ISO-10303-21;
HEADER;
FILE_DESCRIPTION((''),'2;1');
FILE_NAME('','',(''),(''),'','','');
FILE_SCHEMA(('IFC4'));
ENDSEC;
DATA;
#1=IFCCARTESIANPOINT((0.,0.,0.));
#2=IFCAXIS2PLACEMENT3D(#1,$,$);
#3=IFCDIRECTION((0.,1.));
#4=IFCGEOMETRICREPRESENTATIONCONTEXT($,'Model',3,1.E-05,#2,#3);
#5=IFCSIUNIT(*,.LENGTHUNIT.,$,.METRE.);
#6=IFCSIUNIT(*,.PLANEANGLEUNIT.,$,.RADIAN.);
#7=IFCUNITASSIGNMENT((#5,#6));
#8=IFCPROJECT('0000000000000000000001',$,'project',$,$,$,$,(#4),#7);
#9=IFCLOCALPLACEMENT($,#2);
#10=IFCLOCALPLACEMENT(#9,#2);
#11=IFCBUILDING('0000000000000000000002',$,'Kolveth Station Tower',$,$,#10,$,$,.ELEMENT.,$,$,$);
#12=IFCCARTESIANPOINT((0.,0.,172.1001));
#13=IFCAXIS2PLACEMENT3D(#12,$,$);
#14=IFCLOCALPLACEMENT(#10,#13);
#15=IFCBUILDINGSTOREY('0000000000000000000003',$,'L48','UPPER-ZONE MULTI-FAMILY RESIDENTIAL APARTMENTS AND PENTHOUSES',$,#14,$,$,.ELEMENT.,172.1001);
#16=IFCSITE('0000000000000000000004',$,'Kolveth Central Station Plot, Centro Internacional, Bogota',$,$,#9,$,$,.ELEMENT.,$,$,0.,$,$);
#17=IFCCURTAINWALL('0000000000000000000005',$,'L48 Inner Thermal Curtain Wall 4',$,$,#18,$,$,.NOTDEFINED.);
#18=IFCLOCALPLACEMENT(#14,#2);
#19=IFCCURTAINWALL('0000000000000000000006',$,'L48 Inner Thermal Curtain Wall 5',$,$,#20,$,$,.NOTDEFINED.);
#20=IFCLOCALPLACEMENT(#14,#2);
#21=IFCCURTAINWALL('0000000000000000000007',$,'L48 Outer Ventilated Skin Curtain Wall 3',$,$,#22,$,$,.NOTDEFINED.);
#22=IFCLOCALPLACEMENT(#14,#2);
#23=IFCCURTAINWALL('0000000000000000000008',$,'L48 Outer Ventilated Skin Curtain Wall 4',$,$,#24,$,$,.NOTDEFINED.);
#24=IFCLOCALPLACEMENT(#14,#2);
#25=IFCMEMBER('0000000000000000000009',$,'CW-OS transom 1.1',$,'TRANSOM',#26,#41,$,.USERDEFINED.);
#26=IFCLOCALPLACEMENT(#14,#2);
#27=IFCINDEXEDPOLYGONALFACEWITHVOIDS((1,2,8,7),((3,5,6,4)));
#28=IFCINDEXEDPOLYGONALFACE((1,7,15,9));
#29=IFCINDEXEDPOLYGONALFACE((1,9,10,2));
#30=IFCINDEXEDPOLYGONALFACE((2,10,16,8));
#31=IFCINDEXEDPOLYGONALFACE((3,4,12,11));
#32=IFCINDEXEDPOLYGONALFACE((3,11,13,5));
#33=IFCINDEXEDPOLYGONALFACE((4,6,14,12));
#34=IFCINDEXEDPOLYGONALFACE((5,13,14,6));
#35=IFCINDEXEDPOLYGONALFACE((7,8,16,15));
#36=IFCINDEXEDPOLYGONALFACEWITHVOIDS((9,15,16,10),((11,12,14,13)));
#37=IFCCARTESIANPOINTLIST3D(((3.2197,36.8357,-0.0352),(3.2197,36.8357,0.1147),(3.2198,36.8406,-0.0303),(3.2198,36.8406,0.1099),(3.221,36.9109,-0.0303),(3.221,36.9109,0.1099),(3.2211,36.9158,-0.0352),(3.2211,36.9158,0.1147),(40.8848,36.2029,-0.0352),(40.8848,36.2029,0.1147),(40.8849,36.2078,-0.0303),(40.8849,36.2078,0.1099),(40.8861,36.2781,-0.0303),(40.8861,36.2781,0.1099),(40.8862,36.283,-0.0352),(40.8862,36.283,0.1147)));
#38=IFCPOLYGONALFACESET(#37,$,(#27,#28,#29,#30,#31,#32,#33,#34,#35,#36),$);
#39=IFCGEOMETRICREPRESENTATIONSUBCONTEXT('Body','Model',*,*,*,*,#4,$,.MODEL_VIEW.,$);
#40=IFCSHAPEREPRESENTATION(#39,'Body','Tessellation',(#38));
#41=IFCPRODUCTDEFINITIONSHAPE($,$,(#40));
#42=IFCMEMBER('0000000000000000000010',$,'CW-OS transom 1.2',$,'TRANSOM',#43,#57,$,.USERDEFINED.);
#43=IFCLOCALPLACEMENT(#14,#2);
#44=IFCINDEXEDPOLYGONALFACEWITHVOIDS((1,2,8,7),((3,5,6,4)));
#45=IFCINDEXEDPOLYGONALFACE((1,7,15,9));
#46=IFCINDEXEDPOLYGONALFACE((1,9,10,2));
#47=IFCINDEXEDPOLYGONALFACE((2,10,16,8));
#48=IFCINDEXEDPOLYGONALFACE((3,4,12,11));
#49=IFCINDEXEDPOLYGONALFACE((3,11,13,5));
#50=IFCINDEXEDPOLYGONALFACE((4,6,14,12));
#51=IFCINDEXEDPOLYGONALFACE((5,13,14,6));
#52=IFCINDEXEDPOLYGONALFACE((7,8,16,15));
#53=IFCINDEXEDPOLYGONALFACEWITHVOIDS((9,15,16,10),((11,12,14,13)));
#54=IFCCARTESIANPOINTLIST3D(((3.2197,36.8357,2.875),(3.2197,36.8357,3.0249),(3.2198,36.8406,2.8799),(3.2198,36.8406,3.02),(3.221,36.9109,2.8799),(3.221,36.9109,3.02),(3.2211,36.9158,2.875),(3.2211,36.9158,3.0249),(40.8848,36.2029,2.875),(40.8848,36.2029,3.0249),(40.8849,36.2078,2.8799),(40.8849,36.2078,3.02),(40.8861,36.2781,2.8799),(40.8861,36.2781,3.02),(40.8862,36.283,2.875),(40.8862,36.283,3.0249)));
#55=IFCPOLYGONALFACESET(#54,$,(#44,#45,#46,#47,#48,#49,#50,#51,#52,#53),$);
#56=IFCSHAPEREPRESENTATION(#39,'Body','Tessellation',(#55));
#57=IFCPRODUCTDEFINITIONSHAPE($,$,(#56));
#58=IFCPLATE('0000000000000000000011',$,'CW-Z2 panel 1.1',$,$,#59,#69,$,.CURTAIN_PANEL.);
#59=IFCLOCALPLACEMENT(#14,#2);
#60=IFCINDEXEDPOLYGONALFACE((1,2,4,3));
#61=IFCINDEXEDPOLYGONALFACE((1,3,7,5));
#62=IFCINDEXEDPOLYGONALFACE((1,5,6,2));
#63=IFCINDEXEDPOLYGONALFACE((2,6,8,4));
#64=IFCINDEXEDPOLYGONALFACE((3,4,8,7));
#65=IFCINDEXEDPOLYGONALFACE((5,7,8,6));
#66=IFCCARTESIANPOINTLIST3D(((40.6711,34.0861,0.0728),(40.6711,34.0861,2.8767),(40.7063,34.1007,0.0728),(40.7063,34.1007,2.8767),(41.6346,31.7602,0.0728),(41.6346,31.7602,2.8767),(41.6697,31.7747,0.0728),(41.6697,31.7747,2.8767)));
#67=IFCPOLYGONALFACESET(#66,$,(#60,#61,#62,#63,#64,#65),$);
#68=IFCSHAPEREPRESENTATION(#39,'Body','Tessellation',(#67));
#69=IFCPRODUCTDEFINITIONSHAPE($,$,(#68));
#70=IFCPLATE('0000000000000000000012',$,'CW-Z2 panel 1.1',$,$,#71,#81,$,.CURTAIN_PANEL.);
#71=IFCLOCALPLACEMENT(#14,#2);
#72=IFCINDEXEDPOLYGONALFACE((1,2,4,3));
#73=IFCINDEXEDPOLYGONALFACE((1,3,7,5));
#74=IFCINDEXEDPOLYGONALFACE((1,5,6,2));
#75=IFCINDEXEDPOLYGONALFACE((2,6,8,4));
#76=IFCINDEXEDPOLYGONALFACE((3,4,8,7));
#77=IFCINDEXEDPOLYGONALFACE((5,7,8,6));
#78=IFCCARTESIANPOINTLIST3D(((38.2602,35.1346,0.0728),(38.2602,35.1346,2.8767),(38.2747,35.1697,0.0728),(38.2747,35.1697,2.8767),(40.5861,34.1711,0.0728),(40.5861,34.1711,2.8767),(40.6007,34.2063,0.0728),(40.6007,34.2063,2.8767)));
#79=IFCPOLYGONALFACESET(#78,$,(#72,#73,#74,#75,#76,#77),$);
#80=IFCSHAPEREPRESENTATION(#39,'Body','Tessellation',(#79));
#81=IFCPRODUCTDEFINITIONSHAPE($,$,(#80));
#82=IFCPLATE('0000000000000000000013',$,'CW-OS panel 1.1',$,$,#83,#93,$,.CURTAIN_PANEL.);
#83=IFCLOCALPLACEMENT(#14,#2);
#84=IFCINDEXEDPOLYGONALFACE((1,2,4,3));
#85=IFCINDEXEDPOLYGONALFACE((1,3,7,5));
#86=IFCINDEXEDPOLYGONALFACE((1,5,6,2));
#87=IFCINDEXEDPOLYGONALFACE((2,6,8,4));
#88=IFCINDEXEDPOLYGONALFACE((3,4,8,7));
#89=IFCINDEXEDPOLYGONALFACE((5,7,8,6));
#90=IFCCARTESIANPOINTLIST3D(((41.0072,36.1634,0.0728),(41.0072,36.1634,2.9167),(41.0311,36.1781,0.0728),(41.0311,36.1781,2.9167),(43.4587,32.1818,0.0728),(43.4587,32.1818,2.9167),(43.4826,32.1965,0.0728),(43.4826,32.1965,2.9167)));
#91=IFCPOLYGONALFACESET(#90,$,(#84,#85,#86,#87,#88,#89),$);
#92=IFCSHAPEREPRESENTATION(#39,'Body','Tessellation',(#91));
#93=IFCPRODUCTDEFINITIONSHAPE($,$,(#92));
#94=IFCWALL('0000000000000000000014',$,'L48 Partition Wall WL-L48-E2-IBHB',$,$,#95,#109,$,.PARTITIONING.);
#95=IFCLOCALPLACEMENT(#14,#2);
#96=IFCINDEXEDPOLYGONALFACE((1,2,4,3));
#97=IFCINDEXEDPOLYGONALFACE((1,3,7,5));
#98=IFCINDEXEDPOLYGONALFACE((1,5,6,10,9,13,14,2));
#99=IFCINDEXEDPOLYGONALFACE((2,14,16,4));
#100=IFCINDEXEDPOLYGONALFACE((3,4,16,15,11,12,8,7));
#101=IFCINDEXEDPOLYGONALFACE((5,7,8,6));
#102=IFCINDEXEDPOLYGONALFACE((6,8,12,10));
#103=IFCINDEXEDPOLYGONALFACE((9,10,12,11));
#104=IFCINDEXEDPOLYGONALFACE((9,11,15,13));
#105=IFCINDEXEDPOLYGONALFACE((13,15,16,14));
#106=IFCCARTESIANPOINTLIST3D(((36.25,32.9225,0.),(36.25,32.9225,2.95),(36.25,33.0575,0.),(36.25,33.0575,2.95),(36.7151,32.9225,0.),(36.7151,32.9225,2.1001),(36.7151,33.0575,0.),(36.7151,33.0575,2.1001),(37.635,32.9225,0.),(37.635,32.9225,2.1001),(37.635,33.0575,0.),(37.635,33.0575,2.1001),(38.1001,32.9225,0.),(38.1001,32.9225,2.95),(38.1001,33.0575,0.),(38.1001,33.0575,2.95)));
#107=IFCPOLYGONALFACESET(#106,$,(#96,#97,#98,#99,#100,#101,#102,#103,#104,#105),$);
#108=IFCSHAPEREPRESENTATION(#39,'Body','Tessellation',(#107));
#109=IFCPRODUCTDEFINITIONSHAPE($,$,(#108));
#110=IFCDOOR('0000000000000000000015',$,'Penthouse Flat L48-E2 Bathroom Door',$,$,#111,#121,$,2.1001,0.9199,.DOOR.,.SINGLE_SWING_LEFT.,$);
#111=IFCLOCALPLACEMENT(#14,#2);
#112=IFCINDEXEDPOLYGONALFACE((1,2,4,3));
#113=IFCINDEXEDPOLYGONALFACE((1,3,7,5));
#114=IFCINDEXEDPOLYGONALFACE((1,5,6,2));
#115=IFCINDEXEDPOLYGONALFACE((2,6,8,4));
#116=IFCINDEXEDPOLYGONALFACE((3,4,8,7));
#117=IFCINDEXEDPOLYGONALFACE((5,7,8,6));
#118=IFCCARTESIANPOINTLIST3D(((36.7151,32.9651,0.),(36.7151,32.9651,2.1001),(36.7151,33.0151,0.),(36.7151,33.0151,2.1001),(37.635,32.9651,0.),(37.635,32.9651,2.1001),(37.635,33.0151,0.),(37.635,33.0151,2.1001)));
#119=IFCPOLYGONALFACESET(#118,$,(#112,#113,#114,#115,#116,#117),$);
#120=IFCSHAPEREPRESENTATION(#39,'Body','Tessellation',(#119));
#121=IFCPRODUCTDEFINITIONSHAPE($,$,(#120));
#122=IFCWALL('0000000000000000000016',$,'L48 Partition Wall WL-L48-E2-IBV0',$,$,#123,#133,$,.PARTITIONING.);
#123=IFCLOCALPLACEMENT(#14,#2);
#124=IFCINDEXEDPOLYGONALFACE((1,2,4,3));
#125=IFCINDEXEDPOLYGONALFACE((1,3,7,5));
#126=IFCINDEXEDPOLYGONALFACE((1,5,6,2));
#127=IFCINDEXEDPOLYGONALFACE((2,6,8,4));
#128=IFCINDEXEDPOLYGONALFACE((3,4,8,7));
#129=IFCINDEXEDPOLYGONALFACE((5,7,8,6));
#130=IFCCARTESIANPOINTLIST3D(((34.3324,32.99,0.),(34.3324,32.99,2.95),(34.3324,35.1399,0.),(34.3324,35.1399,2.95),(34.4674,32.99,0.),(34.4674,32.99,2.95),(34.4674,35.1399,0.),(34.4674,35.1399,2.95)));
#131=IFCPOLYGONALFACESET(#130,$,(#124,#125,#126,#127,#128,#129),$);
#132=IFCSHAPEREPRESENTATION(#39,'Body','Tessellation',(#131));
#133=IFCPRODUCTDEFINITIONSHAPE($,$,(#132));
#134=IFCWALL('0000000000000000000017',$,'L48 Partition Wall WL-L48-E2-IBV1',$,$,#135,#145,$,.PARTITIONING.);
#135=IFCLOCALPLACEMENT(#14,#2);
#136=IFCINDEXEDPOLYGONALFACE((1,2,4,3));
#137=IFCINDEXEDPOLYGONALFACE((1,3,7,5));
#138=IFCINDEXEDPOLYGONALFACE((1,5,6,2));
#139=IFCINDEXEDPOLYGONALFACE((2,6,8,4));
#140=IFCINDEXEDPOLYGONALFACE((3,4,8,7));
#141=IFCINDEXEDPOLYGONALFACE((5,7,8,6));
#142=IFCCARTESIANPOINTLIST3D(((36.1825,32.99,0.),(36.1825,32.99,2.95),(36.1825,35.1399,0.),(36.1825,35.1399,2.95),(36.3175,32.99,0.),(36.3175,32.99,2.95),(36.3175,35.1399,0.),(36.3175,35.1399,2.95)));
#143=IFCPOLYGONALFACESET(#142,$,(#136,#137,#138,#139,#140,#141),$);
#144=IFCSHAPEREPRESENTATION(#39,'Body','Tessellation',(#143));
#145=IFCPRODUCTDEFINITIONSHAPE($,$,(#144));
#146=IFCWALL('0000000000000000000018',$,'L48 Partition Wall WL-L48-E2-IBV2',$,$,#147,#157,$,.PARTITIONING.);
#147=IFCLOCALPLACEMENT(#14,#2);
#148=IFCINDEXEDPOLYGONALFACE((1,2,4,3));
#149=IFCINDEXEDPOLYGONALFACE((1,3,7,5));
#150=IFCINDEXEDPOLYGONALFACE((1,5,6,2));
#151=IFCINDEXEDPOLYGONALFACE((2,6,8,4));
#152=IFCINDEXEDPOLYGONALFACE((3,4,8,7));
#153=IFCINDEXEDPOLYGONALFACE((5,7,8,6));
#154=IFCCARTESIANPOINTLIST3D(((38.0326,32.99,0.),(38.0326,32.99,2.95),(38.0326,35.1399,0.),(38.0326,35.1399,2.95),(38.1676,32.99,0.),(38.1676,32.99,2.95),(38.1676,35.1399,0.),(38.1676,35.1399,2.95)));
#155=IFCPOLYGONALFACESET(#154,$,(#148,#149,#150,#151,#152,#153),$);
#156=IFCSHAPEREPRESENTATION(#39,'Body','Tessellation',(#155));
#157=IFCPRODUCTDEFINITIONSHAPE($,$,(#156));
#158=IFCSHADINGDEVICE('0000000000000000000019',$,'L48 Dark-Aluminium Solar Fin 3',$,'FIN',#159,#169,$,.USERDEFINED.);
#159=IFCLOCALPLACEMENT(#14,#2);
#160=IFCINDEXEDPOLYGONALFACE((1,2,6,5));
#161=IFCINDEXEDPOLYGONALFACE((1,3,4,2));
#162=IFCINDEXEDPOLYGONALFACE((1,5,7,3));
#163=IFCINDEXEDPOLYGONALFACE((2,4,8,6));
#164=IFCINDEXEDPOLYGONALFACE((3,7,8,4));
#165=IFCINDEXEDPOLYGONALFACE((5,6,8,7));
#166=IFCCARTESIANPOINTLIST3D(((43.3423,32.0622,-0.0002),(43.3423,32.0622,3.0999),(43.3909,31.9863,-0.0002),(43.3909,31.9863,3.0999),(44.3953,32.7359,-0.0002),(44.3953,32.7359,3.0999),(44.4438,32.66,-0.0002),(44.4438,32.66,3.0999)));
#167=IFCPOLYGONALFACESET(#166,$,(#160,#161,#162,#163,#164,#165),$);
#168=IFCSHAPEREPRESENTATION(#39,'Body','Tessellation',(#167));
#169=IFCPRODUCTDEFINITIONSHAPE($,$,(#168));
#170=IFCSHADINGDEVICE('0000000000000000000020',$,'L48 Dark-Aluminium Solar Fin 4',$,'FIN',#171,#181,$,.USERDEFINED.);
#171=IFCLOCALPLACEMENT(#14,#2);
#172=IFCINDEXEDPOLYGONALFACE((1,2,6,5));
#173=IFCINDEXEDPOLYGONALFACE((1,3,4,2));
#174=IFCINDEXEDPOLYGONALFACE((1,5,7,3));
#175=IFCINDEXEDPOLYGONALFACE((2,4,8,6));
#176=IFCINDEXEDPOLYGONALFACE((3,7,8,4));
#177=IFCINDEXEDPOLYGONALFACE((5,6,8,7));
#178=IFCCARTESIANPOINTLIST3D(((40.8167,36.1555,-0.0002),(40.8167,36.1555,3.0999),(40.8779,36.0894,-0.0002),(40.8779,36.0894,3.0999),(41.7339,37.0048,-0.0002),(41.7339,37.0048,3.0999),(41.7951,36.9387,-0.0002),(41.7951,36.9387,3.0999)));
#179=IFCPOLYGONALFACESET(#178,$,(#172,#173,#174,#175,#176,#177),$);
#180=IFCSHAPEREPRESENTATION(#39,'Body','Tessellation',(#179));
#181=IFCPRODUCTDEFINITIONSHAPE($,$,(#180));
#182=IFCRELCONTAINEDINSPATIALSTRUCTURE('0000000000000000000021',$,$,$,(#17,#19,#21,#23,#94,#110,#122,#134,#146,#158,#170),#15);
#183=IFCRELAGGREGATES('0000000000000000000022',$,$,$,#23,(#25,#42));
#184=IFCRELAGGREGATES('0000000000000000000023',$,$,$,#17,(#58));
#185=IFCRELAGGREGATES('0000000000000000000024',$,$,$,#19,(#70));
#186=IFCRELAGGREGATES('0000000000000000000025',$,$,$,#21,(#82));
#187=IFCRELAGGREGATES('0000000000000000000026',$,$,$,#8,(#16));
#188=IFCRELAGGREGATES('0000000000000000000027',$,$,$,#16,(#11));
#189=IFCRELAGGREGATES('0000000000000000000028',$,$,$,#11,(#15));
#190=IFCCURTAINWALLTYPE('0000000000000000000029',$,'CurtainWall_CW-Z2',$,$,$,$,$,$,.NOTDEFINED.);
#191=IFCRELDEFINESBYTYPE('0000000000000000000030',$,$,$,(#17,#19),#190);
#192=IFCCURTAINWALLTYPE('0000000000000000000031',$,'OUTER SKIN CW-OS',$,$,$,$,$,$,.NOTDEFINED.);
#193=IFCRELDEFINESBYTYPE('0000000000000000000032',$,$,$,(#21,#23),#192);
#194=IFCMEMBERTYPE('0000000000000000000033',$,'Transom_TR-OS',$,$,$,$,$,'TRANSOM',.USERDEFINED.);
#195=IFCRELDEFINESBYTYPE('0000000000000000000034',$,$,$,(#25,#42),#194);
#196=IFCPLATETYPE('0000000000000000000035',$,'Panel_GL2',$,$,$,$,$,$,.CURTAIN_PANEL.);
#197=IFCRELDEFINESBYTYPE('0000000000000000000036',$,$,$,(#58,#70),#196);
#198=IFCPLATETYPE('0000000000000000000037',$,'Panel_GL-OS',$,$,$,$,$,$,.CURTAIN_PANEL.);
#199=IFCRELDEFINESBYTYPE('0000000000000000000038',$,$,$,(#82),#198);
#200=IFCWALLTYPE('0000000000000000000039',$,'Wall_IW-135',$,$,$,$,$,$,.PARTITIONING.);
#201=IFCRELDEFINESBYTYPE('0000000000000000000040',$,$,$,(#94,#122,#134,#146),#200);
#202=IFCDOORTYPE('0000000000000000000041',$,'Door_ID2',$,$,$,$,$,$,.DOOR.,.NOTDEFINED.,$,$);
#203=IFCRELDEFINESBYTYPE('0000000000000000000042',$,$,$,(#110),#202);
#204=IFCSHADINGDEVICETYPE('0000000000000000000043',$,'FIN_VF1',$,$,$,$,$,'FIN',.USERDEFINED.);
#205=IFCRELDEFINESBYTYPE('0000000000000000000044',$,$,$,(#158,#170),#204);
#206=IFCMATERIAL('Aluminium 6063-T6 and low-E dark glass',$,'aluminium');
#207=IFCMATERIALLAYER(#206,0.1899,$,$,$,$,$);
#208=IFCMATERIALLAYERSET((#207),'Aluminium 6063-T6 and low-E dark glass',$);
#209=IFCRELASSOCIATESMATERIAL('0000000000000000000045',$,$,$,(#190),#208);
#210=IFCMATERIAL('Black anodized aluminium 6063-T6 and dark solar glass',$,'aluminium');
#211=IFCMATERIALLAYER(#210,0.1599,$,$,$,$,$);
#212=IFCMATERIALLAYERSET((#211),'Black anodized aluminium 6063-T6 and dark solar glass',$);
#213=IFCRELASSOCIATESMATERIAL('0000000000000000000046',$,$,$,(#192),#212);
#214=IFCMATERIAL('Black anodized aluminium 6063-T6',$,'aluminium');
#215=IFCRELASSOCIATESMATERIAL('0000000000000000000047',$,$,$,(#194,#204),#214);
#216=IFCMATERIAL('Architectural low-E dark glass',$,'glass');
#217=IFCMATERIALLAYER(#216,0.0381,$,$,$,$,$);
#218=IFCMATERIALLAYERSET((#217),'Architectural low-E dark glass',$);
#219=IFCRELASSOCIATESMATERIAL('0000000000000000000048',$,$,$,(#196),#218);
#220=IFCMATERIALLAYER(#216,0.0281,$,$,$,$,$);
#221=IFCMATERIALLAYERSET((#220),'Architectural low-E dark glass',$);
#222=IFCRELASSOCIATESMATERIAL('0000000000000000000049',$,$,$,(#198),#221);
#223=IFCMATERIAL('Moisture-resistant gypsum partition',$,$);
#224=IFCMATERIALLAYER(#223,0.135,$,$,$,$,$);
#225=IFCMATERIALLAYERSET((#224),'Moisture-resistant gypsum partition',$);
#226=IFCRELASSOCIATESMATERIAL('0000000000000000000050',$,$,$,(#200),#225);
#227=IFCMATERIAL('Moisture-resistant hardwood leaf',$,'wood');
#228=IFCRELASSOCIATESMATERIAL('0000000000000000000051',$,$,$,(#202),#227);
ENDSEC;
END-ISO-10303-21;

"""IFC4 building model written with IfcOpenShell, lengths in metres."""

from ifc_helpers import new_model, si_unit, direction, frame, frame_2d, origin, origin_2d, place, context, subcontext, project, spatial, rectangle, hollow_rectangle, extrude, source, transform, mapped, material, layer, layer_set, material_profile, profile_set, type_object, element, fill, aggregate, save


model = new_model("IFC4")

# Units and contexts
model_context = context("Model", 3, precision=1e-05, world=origin(), true_north=direction((0.0, 1.0)))
body_context = subcontext(model_context, "Body", "Model", "MODEL_VIEW")
ifc_project = project(units=[si_unit("LENGTHUNIT", "METRE"), si_unit("PLANEANGLEUNIT", "RADIAN")], contexts=[model_context])

# Site, building, storey
site_placement = place(None, origin())
site = spatial("IfcSite", under=ifc_project, at=site_placement, Name="Kolveth Central Station Plot, Centro Internacional, Bogota", CompositionType="ELEMENT", RefElevation=0.0)
building_placement = place(site_placement, origin())
building = spatial("IfcBuilding", under=site, at=building_placement, Name="Kolveth Station Tower", CompositionType="ELEMENT")
storey_placement = place(building_placement, frame((0.0, 0.0, 172.1001)))
storey = spatial("IfcBuildingStorey", under=building, at=storey_placement, Name="L48", Description="UPPER-ZONE MULTI-FAMILY RESIDENTIAL APARTMENTS AND PENTHOUSES", CompositionType="ELEMENT", Elevation=172.1001)

# Curtain wall
ifc_material_1 = material(Name="Aluminium 6063-T6 and low-E dark glass", Category="aluminium")
ifc_layer_1 = layer(ifc_material_1, 0.1899)
ifc_layer_set_1 = layer_set([ifc_layer_1], Name="Aluminium 6063-T6 and low-E dark glass")
curtain_wall_type_1 = type_object("IfcCurtainWallType", Name="CurtainWall_CW-Z2", PredefinedType="NOTDEFINED", material=ifc_layer_set_1)
curtain_wall_1_placement = place(storey_placement, origin())
curtain_wall_1 = element("IfcCurtainWall", 1, at=curtain_wall_1_placement, inside=storey, type_object=curtain_wall_type_1, Name="L48 Inner Thermal Curtain Wall 4", PredefinedType="NOTDEFINED")
ifc_material_2 = material(Name="Black anodized aluminium 6063-T6", Category="aluminium")

# Curtain wall
curtain_wall_2_placement = place(storey_placement, origin())
curtain_wall_2 = element("IfcCurtainWall", 2, at=curtain_wall_2_placement, inside=storey, type_object=curtain_wall_type_1, Name="L48 Inner Thermal Curtain Wall 5", PredefinedType="NOTDEFINED")

# Curtain walls
ifc_material_3 = material(Name="Black anodized aluminium 6063-T6 and dark solar glass", Category="aluminium")
ifc_layer_2 = layer(ifc_material_3, 0.1599)
ifc_layer_set_2 = layer_set([ifc_layer_2], Name="Black anodized aluminium 6063-T6 and dark solar glass")
curtain_wall_type_2 = type_object("IfcCurtainWallType", Name="OUTER SKIN CW-OS", PredefinedType="NOTDEFINED", material=ifc_layer_set_2)
curtain_wall_3_placement = place(storey_placement, origin())
curtain_wall_3 = element("IfcCurtainWall", 3, at=curtain_wall_3_placement, inside=storey, type_object=curtain_wall_type_2, Name="L48 Outer Ventilated Skin Curtain Wall 3", PredefinedType="NOTDEFINED")
curtain_wall_4_placement = place(storey_placement, origin())
curtain_wall_4 = element("IfcCurtainWall", 4, at=curtain_wall_4_placement, inside=storey, type_object=curtain_wall_type_2, Name="L48 Outer Ventilated Skin Curtain Wall 4", PredefinedType="NOTDEFINED")

# Members
ifc_material_profile_1 = material_profile(ifc_material_2, hollow_rectangle(XDim=0.0801, YDim=0.1499, WallThickness=0.0049, at=origin_2d()), Name="ALU-80x150x5")
ifc_profile_set_1 = profile_set([ifc_material_profile_1], Name="Black anodized aluminium 6063-T6")
member_type_1 = type_object("IfcMemberType", Name="Transom_TR-OS", ElementType="TRANSOM", PredefinedType="USERDEFINED", material=ifc_profile_set_1)
shared_shape_1 = source(origin(), body_context, "Body", "SweptSolid", [
    extrude(hollow_rectangle(XDim=0.0801, YDim=0.1499, WallThickness=0.0049, at=origin_2d()), origin(), (0.0, 0.0, 1.0), 37.6704),
])
member_1_placement = place(storey_placement, frame((40.8855, 36.2429, 0.0398), z_axis=(-0.999859, 0.016799, 0.0), x_axis=(-0.016799, -0.999859, 0.0)))
member_1 = element("IfcMember", 5, at=member_1_placement, type_object=member_type_1, Name="CW-OS transom 1.1", ObjectType="TRANSOM", PredefinedType="USERDEFINED", context=body_context, shape_type="MappedRepresentation", body=[
    mapped(shared_shape_1, transform((0.0, 0.0, 0.0), x_axis=(1.0, 0.0, 0.0), y_axis=(0.0, 1.0, 0.0), z_axis=(0.0, 0.0, 1.0), scale=1.0)),
])
member_2_placement = place(storey_placement, frame((40.8855, 36.2429, 2.95), z_axis=(-0.999859, 0.016799, 0.0), x_axis=(-0.016799, -0.999859, 0.0)))
member_2 = element("IfcMember", 6, at=member_2_placement, type_object=member_type_1, Name="CW-OS transom 1.2", ObjectType="TRANSOM", PredefinedType="USERDEFINED", context=body_context, shape_type="MappedRepresentation", body=[
    mapped(shared_shape_1, transform((0.0, 0.0, 0.0), x_axis=(1.0, 0.0, 0.0), y_axis=(0.0, 1.0, 0.0), z_axis=(0.0, 0.0, 1.0), scale=1.0)),
])
aggregate(curtain_wall_4, [member_1, member_2])

# Plates
ifc_material_4 = material(Name="Architectural low-E dark glass", Category="glass")
ifc_layer_3 = layer(ifc_material_4, 0.0381)
ifc_layer_set_3 = layer_set([ifc_layer_3], Name="Architectural low-E dark glass")
plate_type_1 = type_object("IfcPlateType", Name="Panel_GL2", PredefinedType="CURTAIN_PANEL", material=ifc_layer_set_3)
shared_shape_2 = source(origin(), body_context, "Body", "SweptSolid", [
    extrude(rectangle(XDim=2.5176, YDim=0.0381, at=origin_2d()), origin(), (0.0, 0.0, 1.0), 2.804),
])
plate_1_placement = place(storey_placement, frame((41.1704, 32.9304, 0.0728), z_axis=(0.0, 0.0, 1.0), x_axis=(-0.382698, 0.923874, 0.0)))
plate_1 = element("IfcPlate", 7, at=plate_1_placement, type_object=plate_type_1, Name="CW-Z2 panel 1.1", PredefinedType="CURTAIN_PANEL", context=body_context, shape_type="MappedRepresentation", body=[
    mapped(shared_shape_2, transform((0.0, 0.0, 0.0), x_axis=(1.0, 0.0, 0.0), y_axis=(0.0, 1.0, 0.0), z_axis=(0.0, 0.0, 1.0), scale=1.0)),
])
aggregate(curtain_wall_1, [plate_1])
plate_2_placement = place(storey_placement, frame((39.4304, 34.6704, 0.0728), z_axis=(0.0, 0.0, 1.0), x_axis=(-0.923874, 0.382698, 0.0)))
plate_2 = element("IfcPlate", 8, at=plate_2_placement, type_object=plate_type_1, Name="CW-Z2 panel 1.1", PredefinedType="CURTAIN_PANEL", context=body_context, shape_type="MappedRepresentation", body=[
    mapped(shared_shape_2, transform((0.0, 0.0, 0.0), x_axis=(1.0, 0.0, 0.0), y_axis=(0.0, 1.0, 0.0), z_axis=(0.0, 0.0, 1.0), scale=1.0)),
])
aggregate(curtain_wall_2, [plate_2])
ifc_layer_4 = layer(ifc_material_4, 0.0281)
ifc_layer_set_4 = layer_set([ifc_layer_4], Name="Architectural low-E dark glass")
plate_type_2 = type_object("IfcPlateType", Name="Panel_GL-OS", PredefinedType="CURTAIN_PANEL", material=ifc_layer_set_4)
shared_shape_3 = source(origin(), body_context, "Body", "SweptSolid", [
    extrude(rectangle(XDim=4.6758, YDim=0.0281, at=origin_2d()), origin(), (0.0, 0.0, 1.0), 2.844),
])
plate_3_placement = place(storey_placement, frame((42.2449, 34.1799, 0.0728), z_axis=(0.0, 0.0, 1.0), x_axis=(-0.524293, 0.851538, 0.0)))
plate_3 = element("IfcPlate", 9, at=plate_3_placement, type_object=plate_type_2, Name="CW-OS panel 1.1", PredefinedType="CURTAIN_PANEL", context=body_context, shape_type="MappedRepresentation", body=[
    mapped(shared_shape_3, transform((0.0, 0.0, 0.0), x_axis=(1.0, 0.0, 0.0), y_axis=(0.0, 1.0, 0.0), z_axis=(0.0, 0.0, 1.0), scale=1.0)),
])
aggregate(curtain_wall_3, [plate_3])

# Wall, opening, door
ifc_material_5 = material(Name="Moisture-resistant gypsum partition")
ifc_layer_5 = layer(ifc_material_5, 0.135)
ifc_layer_set_5 = layer_set([ifc_layer_5], Name="Moisture-resistant gypsum partition")
wall_type = type_object("IfcWallType", Name="Wall_IW-135", PredefinedType="PARTITIONING", material=ifc_layer_set_5)
wall_1_placement = place(storey_placement, frame((36.25, 32.99, 0.0), z_axis=(0.0, 0.0, 1.0), x_axis=(1.0, 0.0, 0.0)))
wall_1 = element("IfcWall", 10, at=wall_1_placement, inside=storey, type_object=wall_type, Name="L48 Partition Wall WL-L48-E2-IBHB", PredefinedType="PARTITIONING", context=body_context, shape_type="SweptSolid", body=[
    extrude(rectangle(XDim=1.8501, YDim=0.135, at=frame_2d((0.925, 0.0))), origin(), (0.0, 0.0, 1.0), 2.95),
])
opening_1_placement = place(wall_1_placement, frame((0.4651, 0.0, 0.0)))
opening_1 = element("IfcOpeningElement", 11, at=opening_1_placement, cuts=wall_1, PredefinedType="OPENING", context=body_context, shape_type="SweptSolid", body=[
    extrude(rectangle(XDim=0.9199, YDim=2.1001, at=frame_2d((0.46, 1.05))), frame((0.0, 0.0774, 0.0), z_axis=(0.0, -1.0, 0.0), x_axis=(1.0, 0.0, 0.0)), (0.0, 0.0, 1.0), 0.155),
])
ifc_material_6 = material(Name="Moisture-resistant hardwood leaf", Category="wood")
door_type_1 = type_object("IfcDoorType", Name="Door_ID2", OperationType="NOTDEFINED", PredefinedType="DOOR", material=ifc_material_6)
door_1_placement = place(opening_1_placement, frame((0.9199, 0.0, 0.0), z_axis=(0.0, 0.0, 1.0), x_axis=(-1.0, 0.0, 0.0)))
door_1 = element("IfcDoor", 12, at=door_1_placement, inside=storey, type_object=door_type_1, Name="Penthouse Flat L48-E2 Bathroom Door", OperationType="SINGLE_SWING_LEFT", OverallHeight=2.1001, OverallWidth=0.9199, PredefinedType="DOOR", context=body_context, shape_type="SweptSolid", body=[
    extrude(rectangle(XDim=0.9199, YDim=2.1001, at=frame_2d((0.46, 1.05))), frame((0.0, 0.0249, 0.0), z_axis=(0.0, -1.0, 0.0), x_axis=(1.0, 0.0, 0.0)), (0.0, 0.0, 1.0), 0.05),
])
fill(opening_1, door_1)

# Walls
for number, where, z_axis, x_axis, name in (
    (13, (34.3999, 32.99, 0.0), (0.0, 0.0, 1.0), (0.0, 1.0, 0.0), "L48 Partition Wall WL-L48-E2-IBV0"),
    (14, (36.25, 32.99, 0.0), (0.0, 0.0, 1.0), (0.0, 1.0, 0.0), "L48 Partition Wall WL-L48-E2-IBV1"),
    (15, (38.1001, 32.99, 0.0), (0.0, 0.0, 1.0), (0.0, 1.0, 0.0), "L48 Partition Wall WL-L48-E2-IBV2"),
):
    element("IfcWall", number, at=place(storey_placement, frame(where, z_axis=z_axis, x_axis=x_axis)), inside=storey, type_object=wall_type, Name=name, PredefinedType="PARTITIONING", context=body_context, shape_type="SweptSolid", body=[
        extrude(rectangle(XDim=2.1499, YDim=0.135, at=frame_2d((1.075, 0.0))), origin(), (0.0, 0.0, 1.0), 2.95),
    ])

# Shading devices
shading_device_type = type_object("IfcShadingDeviceType", Name="FIN_VF1", ElementType="FIN", PredefinedType="USERDEFINED", material=ifc_material_2)
shared_shape_4 = source(origin(), body_context, "Body", "SweptSolid", [
    extrude(rectangle(XDim=1.25, YDim=0.0901, at=origin_2d()), origin(), (0.0, 0.0, 1.0), 3.1001),
])
for number, where, z_axis, x_axis, name in (
    (16, (43.8931, 32.3611, -0.0002), (0.0, 0.0, 1.0), (0.842358, 0.538918, 0.0), "L48 Dark-Aluminium Solar Fin 3"),
    (17, (41.3059, 36.5471, -0.0002), (0.0, 0.0, 1.0), (0.73373, 0.679441, 0.0), "L48 Dark-Aluminium Solar Fin 4"),
):
    element("IfcShadingDevice", number, at=place(storey_placement, frame(where, z_axis=z_axis, x_axis=x_axis)), inside=storey, type_object=shading_device_type, Name=name, ObjectType="FIN", PredefinedType="USERDEFINED", context=body_context, shape_type="MappedRepresentation", body=[
        mapped(shared_shape_4, transform((0.0, 0.0, 0.0), x_axis=(1.0, 0.0, 0.0), y_axis=(0.0, 1.0, 0.0), z_axis=(0.0, 0.0, 1.0), scale=1.0)),
    ])

save(model, "model.ifc")
